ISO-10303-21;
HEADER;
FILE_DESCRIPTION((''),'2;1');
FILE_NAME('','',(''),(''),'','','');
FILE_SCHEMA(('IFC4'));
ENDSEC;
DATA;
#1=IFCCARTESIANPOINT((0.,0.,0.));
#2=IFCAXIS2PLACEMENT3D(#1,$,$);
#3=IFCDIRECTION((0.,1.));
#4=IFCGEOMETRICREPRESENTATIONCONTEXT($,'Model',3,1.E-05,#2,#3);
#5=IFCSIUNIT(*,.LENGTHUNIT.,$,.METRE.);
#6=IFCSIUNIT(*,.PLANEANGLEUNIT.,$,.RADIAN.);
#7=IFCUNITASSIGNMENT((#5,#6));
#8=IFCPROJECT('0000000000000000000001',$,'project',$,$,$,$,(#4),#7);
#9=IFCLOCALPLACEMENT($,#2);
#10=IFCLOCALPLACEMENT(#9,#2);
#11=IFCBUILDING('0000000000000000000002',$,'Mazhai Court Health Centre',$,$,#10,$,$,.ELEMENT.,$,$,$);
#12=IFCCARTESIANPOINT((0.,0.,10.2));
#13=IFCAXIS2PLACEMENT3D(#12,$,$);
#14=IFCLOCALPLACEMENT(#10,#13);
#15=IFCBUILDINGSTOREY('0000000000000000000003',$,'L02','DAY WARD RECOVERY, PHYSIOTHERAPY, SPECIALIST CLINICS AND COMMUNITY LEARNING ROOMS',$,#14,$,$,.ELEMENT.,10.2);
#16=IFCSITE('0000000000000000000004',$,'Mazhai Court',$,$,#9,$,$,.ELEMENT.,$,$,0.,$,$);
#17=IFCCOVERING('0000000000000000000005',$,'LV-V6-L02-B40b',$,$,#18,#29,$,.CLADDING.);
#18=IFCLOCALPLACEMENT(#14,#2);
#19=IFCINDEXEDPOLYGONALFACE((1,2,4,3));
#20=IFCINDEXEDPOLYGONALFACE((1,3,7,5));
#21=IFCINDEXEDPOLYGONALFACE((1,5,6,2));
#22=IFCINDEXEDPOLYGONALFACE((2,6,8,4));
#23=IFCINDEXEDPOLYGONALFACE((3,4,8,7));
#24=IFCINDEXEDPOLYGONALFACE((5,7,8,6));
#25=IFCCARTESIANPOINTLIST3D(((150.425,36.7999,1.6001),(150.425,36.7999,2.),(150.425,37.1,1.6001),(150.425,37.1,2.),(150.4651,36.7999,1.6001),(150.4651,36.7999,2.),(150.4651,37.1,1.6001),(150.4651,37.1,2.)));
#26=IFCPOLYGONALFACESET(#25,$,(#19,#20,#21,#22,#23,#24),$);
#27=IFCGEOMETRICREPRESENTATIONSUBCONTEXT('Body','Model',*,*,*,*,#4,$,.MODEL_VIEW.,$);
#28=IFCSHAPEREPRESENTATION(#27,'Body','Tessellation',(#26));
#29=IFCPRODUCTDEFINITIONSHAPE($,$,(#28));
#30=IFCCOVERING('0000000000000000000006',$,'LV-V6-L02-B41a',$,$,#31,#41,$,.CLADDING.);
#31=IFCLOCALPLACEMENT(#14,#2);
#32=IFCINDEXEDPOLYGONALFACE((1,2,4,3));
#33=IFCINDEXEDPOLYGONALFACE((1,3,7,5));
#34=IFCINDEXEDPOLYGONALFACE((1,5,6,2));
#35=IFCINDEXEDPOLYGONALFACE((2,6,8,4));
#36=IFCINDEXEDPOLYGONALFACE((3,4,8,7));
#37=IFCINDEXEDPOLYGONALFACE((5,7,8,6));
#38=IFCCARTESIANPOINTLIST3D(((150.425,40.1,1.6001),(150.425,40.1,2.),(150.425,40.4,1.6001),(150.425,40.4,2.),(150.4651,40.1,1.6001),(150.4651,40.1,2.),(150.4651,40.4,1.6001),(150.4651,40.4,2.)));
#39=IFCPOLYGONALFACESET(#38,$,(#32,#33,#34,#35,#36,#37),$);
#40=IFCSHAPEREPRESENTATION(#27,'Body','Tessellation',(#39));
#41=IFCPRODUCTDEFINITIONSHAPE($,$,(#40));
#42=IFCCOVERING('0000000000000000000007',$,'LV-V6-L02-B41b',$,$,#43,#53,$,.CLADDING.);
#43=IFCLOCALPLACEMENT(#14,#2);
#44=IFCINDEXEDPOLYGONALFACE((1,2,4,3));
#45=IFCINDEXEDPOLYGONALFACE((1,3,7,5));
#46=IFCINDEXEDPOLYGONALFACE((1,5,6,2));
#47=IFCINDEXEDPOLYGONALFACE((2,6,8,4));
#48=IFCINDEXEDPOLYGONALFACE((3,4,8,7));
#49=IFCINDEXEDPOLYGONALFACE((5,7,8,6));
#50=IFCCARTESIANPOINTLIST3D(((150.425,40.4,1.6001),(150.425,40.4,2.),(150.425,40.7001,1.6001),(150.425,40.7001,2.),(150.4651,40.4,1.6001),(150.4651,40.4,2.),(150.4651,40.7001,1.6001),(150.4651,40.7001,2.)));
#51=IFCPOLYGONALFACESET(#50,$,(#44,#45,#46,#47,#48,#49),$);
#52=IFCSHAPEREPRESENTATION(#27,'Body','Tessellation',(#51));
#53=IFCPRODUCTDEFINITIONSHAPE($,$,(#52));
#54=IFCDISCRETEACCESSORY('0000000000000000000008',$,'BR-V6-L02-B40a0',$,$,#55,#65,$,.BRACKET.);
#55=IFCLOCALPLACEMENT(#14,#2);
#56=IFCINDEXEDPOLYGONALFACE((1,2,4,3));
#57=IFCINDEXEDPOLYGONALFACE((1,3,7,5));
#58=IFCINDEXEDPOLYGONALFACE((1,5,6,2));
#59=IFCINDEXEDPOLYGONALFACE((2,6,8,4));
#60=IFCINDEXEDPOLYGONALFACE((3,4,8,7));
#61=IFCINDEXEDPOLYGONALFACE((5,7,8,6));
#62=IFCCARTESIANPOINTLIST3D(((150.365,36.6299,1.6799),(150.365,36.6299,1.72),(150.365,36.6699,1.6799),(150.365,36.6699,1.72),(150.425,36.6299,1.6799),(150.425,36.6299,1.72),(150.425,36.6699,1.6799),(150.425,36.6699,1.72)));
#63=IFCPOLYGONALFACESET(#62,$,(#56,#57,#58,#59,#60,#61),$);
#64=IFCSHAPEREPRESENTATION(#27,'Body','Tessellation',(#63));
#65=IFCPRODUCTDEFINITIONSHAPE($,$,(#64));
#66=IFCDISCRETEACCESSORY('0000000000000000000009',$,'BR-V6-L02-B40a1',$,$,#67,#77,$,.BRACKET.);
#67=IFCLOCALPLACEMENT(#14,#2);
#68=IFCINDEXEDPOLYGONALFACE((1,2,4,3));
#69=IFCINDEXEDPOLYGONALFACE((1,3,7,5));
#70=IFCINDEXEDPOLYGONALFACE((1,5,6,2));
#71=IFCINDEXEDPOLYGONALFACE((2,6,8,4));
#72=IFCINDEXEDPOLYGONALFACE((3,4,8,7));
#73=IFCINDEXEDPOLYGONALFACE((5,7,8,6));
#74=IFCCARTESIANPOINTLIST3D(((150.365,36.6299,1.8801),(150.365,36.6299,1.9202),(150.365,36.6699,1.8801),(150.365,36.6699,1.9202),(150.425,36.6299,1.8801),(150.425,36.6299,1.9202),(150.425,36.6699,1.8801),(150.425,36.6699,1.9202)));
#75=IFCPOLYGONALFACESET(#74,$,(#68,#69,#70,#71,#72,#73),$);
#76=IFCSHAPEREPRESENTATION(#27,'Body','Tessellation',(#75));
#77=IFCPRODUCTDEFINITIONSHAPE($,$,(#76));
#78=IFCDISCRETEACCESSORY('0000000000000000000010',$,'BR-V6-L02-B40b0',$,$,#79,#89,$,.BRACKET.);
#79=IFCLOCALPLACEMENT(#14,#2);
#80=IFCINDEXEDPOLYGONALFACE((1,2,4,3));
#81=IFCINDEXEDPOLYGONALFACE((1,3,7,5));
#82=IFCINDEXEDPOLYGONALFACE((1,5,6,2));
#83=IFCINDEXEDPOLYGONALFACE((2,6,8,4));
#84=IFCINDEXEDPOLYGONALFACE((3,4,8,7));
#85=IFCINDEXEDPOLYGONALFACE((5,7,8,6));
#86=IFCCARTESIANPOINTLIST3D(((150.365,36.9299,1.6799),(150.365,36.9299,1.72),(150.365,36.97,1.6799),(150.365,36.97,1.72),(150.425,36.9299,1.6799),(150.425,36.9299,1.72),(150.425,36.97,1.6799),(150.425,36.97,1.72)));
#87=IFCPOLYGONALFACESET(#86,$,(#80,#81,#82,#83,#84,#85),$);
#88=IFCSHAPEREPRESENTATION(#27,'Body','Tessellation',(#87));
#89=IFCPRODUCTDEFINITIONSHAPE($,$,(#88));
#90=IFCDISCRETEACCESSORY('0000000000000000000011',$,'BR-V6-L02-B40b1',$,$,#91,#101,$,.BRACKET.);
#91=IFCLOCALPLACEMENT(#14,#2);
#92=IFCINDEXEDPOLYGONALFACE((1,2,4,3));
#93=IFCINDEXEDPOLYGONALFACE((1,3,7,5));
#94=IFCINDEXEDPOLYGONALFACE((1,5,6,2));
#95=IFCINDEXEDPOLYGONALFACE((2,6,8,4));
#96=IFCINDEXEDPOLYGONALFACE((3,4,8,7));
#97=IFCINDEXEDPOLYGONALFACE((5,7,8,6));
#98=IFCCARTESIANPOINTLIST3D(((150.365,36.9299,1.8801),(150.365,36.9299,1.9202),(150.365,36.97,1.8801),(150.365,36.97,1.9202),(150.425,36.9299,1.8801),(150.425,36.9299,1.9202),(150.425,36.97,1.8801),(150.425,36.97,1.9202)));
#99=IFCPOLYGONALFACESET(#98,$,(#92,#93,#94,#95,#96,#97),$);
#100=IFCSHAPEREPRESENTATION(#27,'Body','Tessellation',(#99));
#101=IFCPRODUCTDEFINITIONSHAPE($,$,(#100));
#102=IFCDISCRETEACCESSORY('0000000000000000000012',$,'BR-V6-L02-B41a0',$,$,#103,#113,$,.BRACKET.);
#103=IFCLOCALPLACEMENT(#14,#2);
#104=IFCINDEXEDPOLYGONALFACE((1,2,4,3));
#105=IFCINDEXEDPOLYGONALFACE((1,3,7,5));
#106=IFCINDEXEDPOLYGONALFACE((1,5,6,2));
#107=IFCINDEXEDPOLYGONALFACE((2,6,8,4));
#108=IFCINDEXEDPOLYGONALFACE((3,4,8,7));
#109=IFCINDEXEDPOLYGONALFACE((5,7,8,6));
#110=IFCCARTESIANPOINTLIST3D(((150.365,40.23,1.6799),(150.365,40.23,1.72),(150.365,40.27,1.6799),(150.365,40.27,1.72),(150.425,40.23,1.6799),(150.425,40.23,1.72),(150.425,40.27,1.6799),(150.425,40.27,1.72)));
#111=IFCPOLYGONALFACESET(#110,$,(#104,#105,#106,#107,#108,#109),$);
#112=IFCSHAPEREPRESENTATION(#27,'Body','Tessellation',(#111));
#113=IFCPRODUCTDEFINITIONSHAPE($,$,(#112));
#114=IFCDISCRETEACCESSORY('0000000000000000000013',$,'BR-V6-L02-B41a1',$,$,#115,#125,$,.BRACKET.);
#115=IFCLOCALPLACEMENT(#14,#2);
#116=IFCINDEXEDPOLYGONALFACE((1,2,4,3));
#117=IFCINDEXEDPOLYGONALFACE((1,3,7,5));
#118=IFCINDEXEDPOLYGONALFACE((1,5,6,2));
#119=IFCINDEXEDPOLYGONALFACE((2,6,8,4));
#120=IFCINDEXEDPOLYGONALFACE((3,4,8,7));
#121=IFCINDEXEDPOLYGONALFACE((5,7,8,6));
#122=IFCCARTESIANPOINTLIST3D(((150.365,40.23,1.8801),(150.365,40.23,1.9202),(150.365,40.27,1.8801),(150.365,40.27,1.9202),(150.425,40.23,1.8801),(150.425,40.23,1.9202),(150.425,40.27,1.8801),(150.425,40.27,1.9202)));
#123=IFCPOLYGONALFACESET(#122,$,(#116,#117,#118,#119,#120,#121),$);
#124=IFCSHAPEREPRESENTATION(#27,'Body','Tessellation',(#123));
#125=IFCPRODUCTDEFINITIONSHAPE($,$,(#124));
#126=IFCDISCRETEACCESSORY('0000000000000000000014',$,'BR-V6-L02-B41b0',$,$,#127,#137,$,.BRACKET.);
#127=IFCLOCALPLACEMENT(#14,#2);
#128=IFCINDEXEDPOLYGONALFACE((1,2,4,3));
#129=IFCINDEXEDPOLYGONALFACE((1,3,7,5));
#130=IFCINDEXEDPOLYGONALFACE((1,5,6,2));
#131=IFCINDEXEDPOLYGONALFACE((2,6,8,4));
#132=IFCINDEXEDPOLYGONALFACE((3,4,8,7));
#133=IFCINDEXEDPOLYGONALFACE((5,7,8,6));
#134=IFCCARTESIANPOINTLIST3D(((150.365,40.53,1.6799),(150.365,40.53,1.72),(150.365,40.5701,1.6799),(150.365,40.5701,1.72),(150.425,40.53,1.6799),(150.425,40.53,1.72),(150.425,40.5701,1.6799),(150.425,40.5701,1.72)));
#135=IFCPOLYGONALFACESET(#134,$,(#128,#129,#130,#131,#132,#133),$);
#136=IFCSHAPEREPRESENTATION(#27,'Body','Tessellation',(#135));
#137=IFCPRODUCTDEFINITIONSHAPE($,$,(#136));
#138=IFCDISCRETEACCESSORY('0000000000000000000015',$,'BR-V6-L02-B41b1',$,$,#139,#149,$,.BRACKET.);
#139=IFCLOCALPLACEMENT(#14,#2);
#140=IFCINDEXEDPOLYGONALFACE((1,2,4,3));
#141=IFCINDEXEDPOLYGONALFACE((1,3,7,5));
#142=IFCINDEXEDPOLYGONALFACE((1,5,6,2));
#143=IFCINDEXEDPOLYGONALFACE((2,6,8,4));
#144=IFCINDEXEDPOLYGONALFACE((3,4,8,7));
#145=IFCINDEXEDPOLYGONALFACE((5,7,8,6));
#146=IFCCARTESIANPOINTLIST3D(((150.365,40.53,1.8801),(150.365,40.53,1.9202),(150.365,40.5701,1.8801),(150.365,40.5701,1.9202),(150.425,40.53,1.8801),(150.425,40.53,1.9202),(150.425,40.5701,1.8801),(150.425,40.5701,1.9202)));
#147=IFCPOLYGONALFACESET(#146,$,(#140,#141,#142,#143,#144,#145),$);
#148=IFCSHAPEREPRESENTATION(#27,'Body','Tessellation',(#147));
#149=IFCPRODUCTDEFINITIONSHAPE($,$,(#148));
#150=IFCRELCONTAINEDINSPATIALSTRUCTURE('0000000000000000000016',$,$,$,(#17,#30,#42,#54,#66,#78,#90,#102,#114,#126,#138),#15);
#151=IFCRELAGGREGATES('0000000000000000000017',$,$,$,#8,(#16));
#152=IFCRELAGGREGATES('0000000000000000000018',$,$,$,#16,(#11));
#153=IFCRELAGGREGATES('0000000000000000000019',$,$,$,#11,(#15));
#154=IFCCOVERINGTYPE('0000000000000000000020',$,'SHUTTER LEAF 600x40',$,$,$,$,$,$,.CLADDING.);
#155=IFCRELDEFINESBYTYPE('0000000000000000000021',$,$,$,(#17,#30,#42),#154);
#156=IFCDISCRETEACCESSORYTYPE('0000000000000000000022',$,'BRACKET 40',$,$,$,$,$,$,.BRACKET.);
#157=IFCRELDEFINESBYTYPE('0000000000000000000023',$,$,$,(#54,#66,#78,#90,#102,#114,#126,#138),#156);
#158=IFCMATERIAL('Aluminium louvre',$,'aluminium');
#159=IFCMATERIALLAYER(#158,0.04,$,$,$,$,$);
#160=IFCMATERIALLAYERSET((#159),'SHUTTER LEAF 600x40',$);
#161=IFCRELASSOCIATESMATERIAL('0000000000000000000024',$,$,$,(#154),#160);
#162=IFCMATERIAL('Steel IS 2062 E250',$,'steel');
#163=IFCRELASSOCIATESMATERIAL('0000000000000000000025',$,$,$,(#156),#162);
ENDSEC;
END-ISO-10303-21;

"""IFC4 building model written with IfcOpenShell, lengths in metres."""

from ifc_helpers import new_model, si_unit, direction, frame, origin, origin_2d, place, context, subcontext, project, spatial, rectangle, extrude, material, layer, layer_set, type_object, element, save


model = new_model("IFC4")

# Units and contexts
model_context = context("Model", 3, precision=1e-05, world=origin(), true_north=direction((0.0, 1.0)))
body_context = subcontext(model_context, "Body", "Model", "MODEL_VIEW")
ifc_project = project(units=[si_unit("LENGTHUNIT", "METRE"), si_unit("PLANEANGLEUNIT", "RADIAN")], contexts=[model_context])

# Site, building, storey
site_placement = place(None, origin())
site = spatial("IfcSite", under=ifc_project, at=site_placement, Name="Mazhai Court", CompositionType="ELEMENT", RefElevation=0.0)
building_placement = place(site_placement, origin())
building = spatial("IfcBuilding", under=site, at=building_placement, Name="Mazhai Court Health Centre", CompositionType="ELEMENT")
storey_placement = place(building_placement, frame((0.0, 0.0, 10.2)))
storey = spatial("IfcBuildingStorey", under=building, at=storey_placement, Name="L02", Description="DAY WARD RECOVERY, PHYSIOTHERAPY, SPECIALIST CLINICS AND COMMUNITY LEARNING ROOMS", CompositionType="ELEMENT", Elevation=10.2)

# Coverings
ifc_material_1 = material(Name="Aluminium louvre", Category="aluminium")
ifc_layer_1 = layer(ifc_material_1, 0.04)
ifc_layer_set_1 = layer_set([ifc_layer_1], Name="SHUTTER LEAF 600x40")
covering_type = type_object("IfcCoveringType", Name="SHUTTER LEAF 600x40", PredefinedType="CLADDING", material=ifc_layer_set_1)
for number, where, z_axis, x_axis, name in (
    (1, (150.4451, 36.95, 1.6001), (0.0, 0.0, 1.0), (0.0, 1.0, 0.0), "LV-V6-L02-B40b"),
    (2, (150.4451, 40.25, 1.6001), (0.0, 0.0, 1.0), (0.0, 1.0, 0.0), "LV-V6-L02-B41a"),
    (3, (150.4451, 40.55, 1.6001), (0.0, 0.0, 1.0), (0.0, 1.0, 0.0), "LV-V6-L02-B41b"),
):
    element("IfcCovering", number, at=place(storey_placement, frame(where, z_axis=z_axis, x_axis=x_axis)), inside=storey, type_object=covering_type, Name=name, PredefinedType="CLADDING", context=body_context, shape_type="SweptSolid", body=[
        extrude(rectangle(XDim=0.3, YDim=0.04, at=origin_2d()), origin(), (0.0, 0.0, 1.0), 0.3999),
    ])

# Discrete accessories
ifc_material_2 = material(Name="Steel IS 2062 E250", Category="steel")
discrete_accessory_type = type_object("IfcDiscreteAccessoryType", Name="BRACKET 40", PredefinedType="BRACKET", material=ifc_material_2)
for number, where, z_axis, x_axis, name in (
    (4, (150.395, 36.6499, 1.6799), (0.0, 0.0, 1.0), (0.0, 1.0, 0.0), "BR-V6-L02-B40a0"),
    (5, (150.395, 36.6499, 1.8801), (0.0, 0.0, 1.0), (0.0, 1.0, 0.0), "BR-V6-L02-B40a1"),
    (6, (150.395, 36.95, 1.6799), (0.0, 0.0, 1.0), (0.0, 1.0, 0.0), "BR-V6-L02-B40b0"),
    (7, (150.395, 36.95, 1.8801), (0.0, 0.0, 1.0), (0.0, 1.0, 0.0), "BR-V6-L02-B40b1"),
    (8, (150.395, 40.25, 1.6799), (0.0, 0.0, 1.0), (0.0, 1.0, 0.0), "BR-V6-L02-B41a0"),
    (9, (150.395, 40.25, 1.8801), (0.0, 0.0, 1.0), (0.0, 1.0, 0.0), "BR-V6-L02-B41a1"),
    (10, (150.395, 40.55, 1.6799), (0.0, 0.0, 1.0), (0.0, 1.0, 0.0), "BR-V6-L02-B41b0"),
    (11, (150.395, 40.55, 1.8801), (0.0, 0.0, 1.0), (0.0, 1.0, 0.0), "BR-V6-L02-B41b1"),
):
    element("IfcDiscreteAccessory", number, at=place(storey_placement, frame(where, z_axis=z_axis, x_axis=x_axis)), inside=storey, type_object=discrete_accessory_type, Name=name, PredefinedType="BRACKET", context=body_context, shape_type="SweptSolid", body=[
        extrude(rectangle(XDim=0.04, YDim=0.0601, at=origin_2d()), origin(), (0.0, 0.0, 1.0), 0.04),
    ])

save(model, "model.ifc")
